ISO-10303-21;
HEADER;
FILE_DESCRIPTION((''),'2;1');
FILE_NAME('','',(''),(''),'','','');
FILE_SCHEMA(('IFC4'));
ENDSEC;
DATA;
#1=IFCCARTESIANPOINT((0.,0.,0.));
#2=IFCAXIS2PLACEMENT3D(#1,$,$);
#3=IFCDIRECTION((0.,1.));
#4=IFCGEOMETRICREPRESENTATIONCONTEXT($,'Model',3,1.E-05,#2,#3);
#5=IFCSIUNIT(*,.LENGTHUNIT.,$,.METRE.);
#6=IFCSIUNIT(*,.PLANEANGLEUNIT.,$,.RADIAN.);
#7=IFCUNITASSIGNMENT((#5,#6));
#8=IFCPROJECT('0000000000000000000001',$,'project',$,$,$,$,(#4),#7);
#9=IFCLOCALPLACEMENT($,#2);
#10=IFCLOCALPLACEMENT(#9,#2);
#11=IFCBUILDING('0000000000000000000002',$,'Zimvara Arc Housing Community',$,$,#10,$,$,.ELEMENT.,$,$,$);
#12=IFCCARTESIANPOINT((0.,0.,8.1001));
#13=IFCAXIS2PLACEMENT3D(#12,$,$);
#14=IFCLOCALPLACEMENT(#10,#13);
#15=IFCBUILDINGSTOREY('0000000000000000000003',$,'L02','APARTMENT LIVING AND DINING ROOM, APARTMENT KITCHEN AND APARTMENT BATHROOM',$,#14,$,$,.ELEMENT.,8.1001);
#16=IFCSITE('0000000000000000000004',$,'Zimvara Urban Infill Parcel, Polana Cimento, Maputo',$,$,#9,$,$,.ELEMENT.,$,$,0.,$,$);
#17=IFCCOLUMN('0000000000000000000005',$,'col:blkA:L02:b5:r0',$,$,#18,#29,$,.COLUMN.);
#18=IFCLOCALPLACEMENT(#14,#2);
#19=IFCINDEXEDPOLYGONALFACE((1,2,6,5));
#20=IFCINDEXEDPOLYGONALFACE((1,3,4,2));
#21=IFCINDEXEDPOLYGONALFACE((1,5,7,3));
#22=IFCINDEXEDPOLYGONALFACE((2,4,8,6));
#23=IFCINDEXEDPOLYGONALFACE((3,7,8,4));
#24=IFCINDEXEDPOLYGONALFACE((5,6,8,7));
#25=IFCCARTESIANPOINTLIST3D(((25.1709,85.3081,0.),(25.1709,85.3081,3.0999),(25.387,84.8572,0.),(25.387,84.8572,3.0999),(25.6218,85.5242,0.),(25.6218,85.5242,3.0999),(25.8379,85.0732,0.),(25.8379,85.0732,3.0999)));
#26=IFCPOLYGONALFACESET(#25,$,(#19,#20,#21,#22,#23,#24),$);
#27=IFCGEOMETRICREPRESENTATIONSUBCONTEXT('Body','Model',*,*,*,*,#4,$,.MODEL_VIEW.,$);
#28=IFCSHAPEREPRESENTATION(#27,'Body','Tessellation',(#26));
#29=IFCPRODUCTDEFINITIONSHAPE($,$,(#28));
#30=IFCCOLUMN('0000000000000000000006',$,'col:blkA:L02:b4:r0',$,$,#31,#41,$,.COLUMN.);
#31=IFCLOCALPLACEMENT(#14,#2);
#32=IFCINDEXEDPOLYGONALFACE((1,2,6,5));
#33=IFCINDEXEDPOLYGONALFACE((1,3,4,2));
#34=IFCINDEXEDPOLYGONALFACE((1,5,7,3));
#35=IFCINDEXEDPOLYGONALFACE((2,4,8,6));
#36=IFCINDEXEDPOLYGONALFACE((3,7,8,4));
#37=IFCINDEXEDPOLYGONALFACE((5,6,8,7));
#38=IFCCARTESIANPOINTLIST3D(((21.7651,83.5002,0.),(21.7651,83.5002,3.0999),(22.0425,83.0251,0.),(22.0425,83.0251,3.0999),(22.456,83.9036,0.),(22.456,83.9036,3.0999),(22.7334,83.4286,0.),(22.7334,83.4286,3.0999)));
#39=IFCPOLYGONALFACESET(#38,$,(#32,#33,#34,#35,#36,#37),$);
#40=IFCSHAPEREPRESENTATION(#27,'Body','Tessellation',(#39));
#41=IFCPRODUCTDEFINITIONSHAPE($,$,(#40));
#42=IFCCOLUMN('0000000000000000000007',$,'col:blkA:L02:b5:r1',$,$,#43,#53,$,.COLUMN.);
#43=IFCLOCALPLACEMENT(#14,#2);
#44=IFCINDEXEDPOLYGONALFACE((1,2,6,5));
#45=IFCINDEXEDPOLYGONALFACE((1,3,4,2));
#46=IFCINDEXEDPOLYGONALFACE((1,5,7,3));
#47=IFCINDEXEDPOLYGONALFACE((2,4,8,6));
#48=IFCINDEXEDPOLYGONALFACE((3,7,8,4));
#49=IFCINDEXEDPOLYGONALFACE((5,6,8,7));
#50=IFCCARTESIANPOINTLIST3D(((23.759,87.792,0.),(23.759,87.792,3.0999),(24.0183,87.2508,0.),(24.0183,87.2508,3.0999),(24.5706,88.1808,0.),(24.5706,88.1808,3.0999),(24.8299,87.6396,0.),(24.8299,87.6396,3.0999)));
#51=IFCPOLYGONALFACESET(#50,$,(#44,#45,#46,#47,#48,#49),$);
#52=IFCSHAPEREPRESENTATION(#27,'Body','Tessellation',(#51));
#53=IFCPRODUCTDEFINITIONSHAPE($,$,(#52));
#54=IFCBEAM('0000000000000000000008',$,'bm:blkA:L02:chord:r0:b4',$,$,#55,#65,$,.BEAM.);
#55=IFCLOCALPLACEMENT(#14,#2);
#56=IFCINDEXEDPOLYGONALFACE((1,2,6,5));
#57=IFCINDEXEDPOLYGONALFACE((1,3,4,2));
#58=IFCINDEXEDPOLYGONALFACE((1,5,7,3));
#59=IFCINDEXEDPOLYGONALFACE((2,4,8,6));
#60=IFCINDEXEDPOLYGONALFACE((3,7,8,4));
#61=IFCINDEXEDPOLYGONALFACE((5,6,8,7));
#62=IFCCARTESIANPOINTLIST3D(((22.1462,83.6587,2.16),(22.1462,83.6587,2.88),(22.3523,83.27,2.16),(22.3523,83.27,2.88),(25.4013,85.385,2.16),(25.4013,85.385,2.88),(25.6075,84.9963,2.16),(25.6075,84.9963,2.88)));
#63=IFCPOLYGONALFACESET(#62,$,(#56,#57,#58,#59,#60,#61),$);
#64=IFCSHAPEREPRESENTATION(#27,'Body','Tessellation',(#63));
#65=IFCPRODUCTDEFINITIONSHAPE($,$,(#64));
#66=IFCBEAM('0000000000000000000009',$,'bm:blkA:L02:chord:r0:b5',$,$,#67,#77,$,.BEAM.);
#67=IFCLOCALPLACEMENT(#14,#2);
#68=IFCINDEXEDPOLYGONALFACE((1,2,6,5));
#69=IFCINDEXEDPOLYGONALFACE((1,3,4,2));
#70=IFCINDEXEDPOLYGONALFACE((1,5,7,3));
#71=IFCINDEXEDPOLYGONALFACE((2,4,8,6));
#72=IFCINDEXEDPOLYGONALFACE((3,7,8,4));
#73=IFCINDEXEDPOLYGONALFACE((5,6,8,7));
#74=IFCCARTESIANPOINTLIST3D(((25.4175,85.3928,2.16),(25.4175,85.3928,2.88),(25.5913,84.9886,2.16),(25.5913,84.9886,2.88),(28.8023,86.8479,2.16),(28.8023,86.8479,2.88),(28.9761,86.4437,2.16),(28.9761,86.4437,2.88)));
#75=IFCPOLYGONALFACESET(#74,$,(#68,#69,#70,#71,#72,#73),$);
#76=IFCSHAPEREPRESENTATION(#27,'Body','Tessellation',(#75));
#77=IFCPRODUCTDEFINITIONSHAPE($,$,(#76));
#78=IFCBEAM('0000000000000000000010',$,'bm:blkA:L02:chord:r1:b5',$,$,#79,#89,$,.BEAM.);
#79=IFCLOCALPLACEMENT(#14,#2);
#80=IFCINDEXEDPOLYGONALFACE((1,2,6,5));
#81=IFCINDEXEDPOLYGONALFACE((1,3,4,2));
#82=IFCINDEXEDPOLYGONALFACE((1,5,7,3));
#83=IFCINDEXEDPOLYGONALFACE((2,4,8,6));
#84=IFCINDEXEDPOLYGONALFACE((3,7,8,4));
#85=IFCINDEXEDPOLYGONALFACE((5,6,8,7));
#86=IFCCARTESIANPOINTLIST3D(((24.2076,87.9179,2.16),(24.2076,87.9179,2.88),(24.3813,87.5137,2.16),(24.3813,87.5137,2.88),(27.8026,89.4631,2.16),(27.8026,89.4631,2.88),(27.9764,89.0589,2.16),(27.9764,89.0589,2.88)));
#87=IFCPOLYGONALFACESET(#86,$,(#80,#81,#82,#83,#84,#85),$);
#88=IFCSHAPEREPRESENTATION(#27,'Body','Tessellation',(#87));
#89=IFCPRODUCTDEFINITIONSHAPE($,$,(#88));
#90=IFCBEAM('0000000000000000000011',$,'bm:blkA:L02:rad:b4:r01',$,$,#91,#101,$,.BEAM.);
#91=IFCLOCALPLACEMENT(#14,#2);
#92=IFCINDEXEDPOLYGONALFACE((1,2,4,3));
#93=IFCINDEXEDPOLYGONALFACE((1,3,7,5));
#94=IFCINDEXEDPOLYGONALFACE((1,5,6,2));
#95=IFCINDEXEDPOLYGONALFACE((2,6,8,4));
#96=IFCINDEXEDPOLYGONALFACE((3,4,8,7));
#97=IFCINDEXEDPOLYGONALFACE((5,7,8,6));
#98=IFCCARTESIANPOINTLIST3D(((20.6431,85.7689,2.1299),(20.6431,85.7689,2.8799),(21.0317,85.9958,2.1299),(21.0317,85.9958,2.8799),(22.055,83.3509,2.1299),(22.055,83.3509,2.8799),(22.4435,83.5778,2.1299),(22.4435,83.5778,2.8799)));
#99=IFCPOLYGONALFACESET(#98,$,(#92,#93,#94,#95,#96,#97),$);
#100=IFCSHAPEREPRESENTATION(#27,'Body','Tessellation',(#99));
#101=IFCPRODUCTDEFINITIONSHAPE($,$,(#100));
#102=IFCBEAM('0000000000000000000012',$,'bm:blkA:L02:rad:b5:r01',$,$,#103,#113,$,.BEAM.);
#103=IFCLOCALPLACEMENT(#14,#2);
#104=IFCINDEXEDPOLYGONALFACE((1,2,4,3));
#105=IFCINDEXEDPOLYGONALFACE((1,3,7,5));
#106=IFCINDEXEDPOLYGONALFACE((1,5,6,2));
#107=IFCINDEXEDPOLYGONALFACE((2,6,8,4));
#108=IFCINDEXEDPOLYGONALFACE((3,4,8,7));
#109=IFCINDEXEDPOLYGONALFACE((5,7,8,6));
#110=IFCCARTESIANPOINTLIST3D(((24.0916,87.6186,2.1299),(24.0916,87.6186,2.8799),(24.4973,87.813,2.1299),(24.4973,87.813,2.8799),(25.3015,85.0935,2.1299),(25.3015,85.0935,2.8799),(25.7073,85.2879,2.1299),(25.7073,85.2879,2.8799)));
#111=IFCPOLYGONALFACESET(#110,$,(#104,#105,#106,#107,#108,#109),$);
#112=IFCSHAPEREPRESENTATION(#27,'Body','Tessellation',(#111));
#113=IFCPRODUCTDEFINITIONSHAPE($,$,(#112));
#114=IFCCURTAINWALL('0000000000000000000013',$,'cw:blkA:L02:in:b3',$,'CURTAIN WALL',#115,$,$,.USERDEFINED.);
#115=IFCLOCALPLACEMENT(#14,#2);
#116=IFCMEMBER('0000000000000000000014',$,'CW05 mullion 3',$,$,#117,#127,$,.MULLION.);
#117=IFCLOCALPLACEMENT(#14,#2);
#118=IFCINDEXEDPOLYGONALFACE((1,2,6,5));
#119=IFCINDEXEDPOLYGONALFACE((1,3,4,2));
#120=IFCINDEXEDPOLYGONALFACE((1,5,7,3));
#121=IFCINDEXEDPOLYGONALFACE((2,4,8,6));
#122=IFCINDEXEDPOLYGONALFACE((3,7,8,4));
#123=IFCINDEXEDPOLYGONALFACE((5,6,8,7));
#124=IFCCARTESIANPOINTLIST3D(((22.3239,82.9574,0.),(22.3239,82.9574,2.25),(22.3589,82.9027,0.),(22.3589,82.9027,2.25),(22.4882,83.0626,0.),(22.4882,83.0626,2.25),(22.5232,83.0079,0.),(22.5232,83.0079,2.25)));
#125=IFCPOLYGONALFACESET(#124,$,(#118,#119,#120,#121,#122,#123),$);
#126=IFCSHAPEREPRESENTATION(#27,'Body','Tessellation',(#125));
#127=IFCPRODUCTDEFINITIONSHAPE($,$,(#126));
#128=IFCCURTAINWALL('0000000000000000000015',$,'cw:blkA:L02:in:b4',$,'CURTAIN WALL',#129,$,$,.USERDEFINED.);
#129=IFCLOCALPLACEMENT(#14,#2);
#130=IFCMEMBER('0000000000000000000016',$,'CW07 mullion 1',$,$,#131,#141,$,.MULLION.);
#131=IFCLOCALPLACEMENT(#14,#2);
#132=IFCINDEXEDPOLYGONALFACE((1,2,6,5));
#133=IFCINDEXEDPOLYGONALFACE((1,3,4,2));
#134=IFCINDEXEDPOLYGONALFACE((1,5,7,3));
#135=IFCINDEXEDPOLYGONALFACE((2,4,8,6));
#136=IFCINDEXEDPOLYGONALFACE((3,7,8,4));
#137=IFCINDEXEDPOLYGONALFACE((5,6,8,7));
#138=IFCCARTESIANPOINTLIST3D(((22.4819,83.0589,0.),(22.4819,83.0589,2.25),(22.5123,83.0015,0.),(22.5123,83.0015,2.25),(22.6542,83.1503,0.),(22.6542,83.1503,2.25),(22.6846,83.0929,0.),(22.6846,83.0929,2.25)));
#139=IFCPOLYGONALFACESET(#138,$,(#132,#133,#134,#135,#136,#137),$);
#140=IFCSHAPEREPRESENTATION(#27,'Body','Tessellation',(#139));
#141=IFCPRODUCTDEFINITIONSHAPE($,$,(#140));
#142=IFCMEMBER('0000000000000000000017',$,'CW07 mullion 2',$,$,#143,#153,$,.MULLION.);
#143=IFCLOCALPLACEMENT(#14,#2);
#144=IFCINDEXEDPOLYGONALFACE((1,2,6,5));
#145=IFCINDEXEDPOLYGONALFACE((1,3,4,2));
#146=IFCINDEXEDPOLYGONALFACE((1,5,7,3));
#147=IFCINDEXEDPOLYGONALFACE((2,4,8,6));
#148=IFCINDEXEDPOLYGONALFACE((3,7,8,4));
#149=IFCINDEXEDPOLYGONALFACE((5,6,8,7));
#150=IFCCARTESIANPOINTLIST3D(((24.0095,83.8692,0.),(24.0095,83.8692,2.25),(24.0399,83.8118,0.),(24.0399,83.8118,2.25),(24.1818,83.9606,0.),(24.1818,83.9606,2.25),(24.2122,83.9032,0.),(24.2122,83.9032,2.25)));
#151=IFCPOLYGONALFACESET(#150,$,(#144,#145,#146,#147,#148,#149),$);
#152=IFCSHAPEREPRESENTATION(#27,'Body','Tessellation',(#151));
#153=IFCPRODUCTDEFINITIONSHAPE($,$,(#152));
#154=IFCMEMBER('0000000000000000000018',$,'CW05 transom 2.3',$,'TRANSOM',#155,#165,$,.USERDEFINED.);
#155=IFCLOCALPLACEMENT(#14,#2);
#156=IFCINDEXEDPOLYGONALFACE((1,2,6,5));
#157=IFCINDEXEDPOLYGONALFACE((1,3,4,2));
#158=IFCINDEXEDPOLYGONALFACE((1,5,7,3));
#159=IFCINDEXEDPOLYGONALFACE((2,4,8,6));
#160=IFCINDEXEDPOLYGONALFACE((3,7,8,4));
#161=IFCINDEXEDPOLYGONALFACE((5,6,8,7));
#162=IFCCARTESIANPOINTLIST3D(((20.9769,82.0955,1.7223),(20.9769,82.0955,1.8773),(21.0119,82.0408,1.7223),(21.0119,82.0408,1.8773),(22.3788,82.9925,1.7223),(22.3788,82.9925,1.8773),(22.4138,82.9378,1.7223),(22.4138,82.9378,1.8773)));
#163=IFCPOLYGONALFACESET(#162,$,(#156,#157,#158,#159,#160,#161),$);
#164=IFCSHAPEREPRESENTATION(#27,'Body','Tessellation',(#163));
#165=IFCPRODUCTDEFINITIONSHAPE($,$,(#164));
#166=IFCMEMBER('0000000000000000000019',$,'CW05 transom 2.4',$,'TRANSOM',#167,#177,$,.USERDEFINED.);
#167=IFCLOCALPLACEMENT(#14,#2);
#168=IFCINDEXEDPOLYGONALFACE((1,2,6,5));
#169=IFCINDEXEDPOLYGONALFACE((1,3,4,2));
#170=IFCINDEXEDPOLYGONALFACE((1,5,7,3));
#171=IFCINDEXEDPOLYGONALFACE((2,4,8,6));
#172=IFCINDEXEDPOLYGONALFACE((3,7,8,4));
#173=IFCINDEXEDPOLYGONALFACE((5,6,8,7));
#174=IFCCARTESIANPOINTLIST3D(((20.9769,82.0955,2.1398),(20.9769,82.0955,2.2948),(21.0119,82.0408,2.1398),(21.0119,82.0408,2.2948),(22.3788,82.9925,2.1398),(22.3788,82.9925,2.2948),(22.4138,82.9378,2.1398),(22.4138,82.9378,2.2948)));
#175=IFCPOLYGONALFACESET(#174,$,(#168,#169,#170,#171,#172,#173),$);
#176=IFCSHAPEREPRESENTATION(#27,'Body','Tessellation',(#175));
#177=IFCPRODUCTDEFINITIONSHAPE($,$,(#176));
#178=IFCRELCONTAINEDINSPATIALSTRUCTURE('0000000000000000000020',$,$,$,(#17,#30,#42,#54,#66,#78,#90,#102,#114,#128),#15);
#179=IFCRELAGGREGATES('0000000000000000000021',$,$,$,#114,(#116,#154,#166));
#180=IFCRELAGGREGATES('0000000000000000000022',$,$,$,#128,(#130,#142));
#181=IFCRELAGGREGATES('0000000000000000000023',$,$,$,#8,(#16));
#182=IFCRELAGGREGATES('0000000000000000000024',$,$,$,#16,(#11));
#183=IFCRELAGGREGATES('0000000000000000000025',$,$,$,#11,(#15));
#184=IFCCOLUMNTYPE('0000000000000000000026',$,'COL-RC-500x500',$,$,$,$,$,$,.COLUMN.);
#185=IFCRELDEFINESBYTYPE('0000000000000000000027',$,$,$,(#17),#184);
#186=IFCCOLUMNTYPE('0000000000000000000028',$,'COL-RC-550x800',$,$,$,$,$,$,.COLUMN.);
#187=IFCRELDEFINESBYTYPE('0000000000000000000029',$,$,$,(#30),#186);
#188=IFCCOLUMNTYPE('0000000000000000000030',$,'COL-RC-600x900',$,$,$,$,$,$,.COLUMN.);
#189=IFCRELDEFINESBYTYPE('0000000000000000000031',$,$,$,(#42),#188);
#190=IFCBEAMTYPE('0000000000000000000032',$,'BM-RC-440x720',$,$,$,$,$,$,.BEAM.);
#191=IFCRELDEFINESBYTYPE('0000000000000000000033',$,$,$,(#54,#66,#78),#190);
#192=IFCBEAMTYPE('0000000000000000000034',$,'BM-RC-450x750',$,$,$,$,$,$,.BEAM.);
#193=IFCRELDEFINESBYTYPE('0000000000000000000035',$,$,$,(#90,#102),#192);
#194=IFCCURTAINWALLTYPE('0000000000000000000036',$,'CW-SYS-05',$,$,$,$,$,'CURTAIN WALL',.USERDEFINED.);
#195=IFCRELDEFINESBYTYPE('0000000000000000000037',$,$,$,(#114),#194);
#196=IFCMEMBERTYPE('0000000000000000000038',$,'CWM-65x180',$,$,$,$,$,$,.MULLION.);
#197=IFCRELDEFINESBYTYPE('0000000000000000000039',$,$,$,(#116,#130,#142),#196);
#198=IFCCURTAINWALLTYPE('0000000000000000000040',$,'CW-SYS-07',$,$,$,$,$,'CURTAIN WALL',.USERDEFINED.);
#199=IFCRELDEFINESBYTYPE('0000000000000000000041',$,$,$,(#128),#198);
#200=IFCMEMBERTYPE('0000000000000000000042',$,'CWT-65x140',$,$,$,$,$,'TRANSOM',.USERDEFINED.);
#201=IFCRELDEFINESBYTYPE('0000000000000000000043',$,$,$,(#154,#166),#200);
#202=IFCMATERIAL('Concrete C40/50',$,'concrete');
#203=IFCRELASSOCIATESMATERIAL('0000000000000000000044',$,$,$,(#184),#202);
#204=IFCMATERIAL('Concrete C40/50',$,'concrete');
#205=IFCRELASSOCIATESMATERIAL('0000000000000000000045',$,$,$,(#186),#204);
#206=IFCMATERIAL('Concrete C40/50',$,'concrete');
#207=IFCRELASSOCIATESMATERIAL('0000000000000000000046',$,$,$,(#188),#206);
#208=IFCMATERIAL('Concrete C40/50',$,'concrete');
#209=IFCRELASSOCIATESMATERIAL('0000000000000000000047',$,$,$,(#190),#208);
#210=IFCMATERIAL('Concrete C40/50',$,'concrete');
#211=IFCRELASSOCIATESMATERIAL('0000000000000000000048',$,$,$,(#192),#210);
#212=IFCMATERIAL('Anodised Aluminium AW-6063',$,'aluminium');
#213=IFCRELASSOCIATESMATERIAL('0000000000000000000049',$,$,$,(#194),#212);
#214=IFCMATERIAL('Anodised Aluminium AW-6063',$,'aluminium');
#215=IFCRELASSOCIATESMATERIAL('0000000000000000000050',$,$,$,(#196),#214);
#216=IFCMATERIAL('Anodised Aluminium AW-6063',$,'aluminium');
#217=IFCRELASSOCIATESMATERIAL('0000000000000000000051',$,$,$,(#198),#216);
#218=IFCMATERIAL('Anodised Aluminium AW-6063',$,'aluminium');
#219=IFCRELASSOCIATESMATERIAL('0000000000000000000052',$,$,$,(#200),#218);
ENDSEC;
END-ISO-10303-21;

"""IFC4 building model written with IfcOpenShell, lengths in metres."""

from ifc_helpers import new_model, si_unit, direction, frame, origin, origin_2d, place, context, subcontext, project, spatial, rectangle, extrude, material, material_profile, profile_set, type_object, element, aggregate, save


model = new_model("IFC4")

# Units and contexts
model_context = context("Model", 3, precision=1e-05, world=origin(), true_north=direction((0.0, 1.0)))
body_context = subcontext(model_context, "Body", "Model", "MODEL_VIEW")
ifc_project = project(units=[si_unit("LENGTHUNIT", "METRE"), si_unit("PLANEANGLEUNIT", "RADIAN")], contexts=[model_context])

# Site, building, storey
site_placement = place(None, origin())
site = spatial("IfcSite", under=ifc_project, at=site_placement, Name="Zimvara Urban Infill Parcel, Polana Cimento, Maputo", CompositionType="ELEMENT", RefElevation=0.0)
building_placement = place(site_placement, origin())
building = spatial("IfcBuilding", under=site, at=building_placement, Name="Zimvara Arc Housing Community", CompositionType="ELEMENT")
storey_placement = place(building_placement, frame((0.0, 0.0, 8.1001)))
storey = spatial("IfcBuildingStorey", under=building, at=storey_placement, Name="L02", Description="APARTMENT LIVING AND DINING ROOM, APARTMENT KITCHEN AND APARTMENT BATHROOM", CompositionType="ELEMENT", Elevation=8.1001)

# Columns
ifc_material_1 = material(Name="Concrete C40/50", Category="concrete")
ifc_material_profile_1 = material_profile(ifc_material_1, rectangle(XDim=0.5, YDim=0.5, at=origin_2d()), Name="RC 500x500")
ifc_profile_set_1 = profile_set([ifc_material_profile_1], Name="Concrete C40/50")
column_type_1 = type_object("IfcColumnType", Name="COL-RC-500x500", PredefinedType="COLUMN", material=ifc_profile_set_1)
column_1_placement = place(storey_placement, frame((25.5044, 85.1907, 0.0), z_axis=(0.0, 0.0, 1.0), x_axis=(-0.432086, 0.901833, 0.0)))
element("IfcColumn", 1, at=column_1_placement, inside=storey, type_object=column_type_1, Name="col:blkA:L02:b5:r0", PredefinedType="COLUMN", context=body_context, shape_type="SweptSolid", body=[
    extrude(rectangle(XDim=0.5, YDim=0.5, at=origin_2d()), origin(), (0.0, 0.0, 1.0), 3.0999),
])
ifc_material_2 = material(Name="Concrete C40/50", Category="concrete")
ifc_material_profile_2 = material_profile(ifc_material_2, rectangle(XDim=0.55, YDim=0.8, at=origin_2d()), Name="RC 550x800")
ifc_profile_set_2 = profile_set([ifc_material_profile_2], Name="Concrete C40/50")
column_type_2 = type_object("IfcColumnType", Name="COL-RC-550x800", PredefinedType="COLUMN", material=ifc_profile_set_2)
column_2_placement = place(storey_placement, frame((22.2493, 83.4644, 0.0), z_axis=(0.0, 0.0, 1.0), x_axis=(-0.504226, 0.863572, 0.0)))
element("IfcColumn", 2, at=column_2_placement, inside=storey, type_object=column_type_2, Name="col:blkA:L02:b4:r0", PredefinedType="COLUMN", context=body_context, shape_type="SweptSolid", body=[
    extrude(rectangle(XDim=0.55, YDim=0.8, at=origin_2d()), origin(), (0.0, 0.0, 1.0), 3.0999),
])
ifc_material_3 = material(Name="Concrete C40/50", Category="concrete")
ifc_material_profile_3 = material_profile(ifc_material_3, rectangle(XDim=0.6001, YDim=0.8999, at=origin_2d()), Name="RC 600x900")
ifc_profile_set_3 = profile_set([ifc_material_profile_3], Name="Concrete C40/50")
column_type_3 = type_object("IfcColumnType", Name="COL-RC-600x900", PredefinedType="COLUMN", material=ifc_profile_set_3)
column_3_placement = place(storey_placement, frame((24.2944, 87.7158, 0.0), z_axis=(0.0, 0.0, 1.0), x_axis=(-0.432086, 0.901833, 0.0)))
element("IfcColumn", 3, at=column_3_placement, inside=storey, type_object=column_type_3, Name="col:blkA:L02:b5:r1", PredefinedType="COLUMN", context=body_context, shape_type="SweptSolid", body=[
    extrude(rectangle(XDim=0.6001, YDim=0.8999, at=origin_2d()), origin(), (0.0, 0.0, 1.0), 3.0999),
])

# Beams
ifc_material_4 = material(Name="Concrete C40/50", Category="concrete")
ifc_material_profile_4 = material_profile(ifc_material_4, rectangle(XDim=0.4399, YDim=0.72, at=origin_2d()), Name="RC 440x720")
ifc_profile_set_4 = profile_set([ifc_material_profile_4], Name="Concrete C40/50")
beam_type_1 = type_object("IfcBeamType", Name="BM-RC-440x720", PredefinedType="BEAM", material=ifc_profile_set_4)
beam_1_placement = place(storey_placement, frame((22.2493, 83.4644, 2.52), z_axis=(0.883449, 0.468527, 0.0), x_axis=(-0.468527, 0.883449, 0.0)))
element("IfcBeam", 4, at=beam_1_placement, inside=storey, type_object=beam_type_1, Name="bm:blkA:L02:chord:r0:b4", PredefinedType="BEAM", context=body_context, shape_type="SweptSolid", body=[
    extrude(rectangle(XDim=0.4399, YDim=0.72, at=origin_2d()), origin(), (0.0, 0.0, 1.0), 3.6846),
])
beam_2_placement = place(storey_placement, frame((25.5044, 85.1907, 2.52), z_axis=(0.918706, 0.394943, 0.0), x_axis=(-0.394943, 0.918706, 0.0)))
element("IfcBeam", 5, at=beam_2_placement, inside=storey, type_object=beam_type_1, Name="bm:blkA:L02:chord:r0:b5", PredefinedType="BEAM", context=body_context, shape_type="SweptSolid", body=[
    extrude(rectangle(XDim=0.4399, YDim=0.72, at=origin_2d()), origin(), (0.0, 0.0, 1.0), 3.6843),
])
beam_3_placement = place(storey_placement, frame((24.2944, 87.7158, 2.52), z_axis=(0.918731, 0.394883, 0.0), x_axis=(-0.394883, 0.918731, 0.0)))
element("IfcBeam", 6, at=beam_3_placement, inside=storey, type_object=beam_type_1, Name="bm:blkA:L02:chord:r1:b5", PredefinedType="BEAM", context=body_context, shape_type="SweptSolid", body=[
    extrude(rectangle(XDim=0.4399, YDim=0.72, at=origin_2d()), origin(), (0.0, 0.0, 1.0), 3.9131),
])
ifc_material_5 = material(Name="Concrete C40/50", Category="concrete")
ifc_material_profile_5 = material_profile(ifc_material_5, rectangle(XDim=0.45, YDim=0.75, at=origin_2d()), Name="RC 450x750")
ifc_profile_set_5 = profile_set([ifc_material_profile_5], Name="Concrete C40/50")
beam_type_2 = type_object("IfcBeamType", Name="BM-RC-450x750", PredefinedType="BEAM", material=ifc_profile_set_5)
for number, where, z_axis, x_axis, name in (
    (7, (22.2493, 83.4644, 2.5049), (-0.50424, 0.863564, 0.0), (-0.863564, -0.50424, 0.0), "bm:blkA:L02:rad:b4:r01"),
    (8, (25.5044, 85.1907, 2.5049), (-0.432119, 0.901817, 0.0), (-0.901817, -0.432119, 0.0), "bm:blkA:L02:rad:b5:r01"),
):
    element("IfcBeam", number, at=place(storey_placement, frame(where, z_axis=z_axis, x_axis=x_axis)), inside=storey, type_object=beam_type_2, Name=name, PredefinedType="BEAM", context=body_context, shape_type="SweptSolid", body=[
        extrude(rectangle(XDim=0.45, YDim=0.75, at=origin_2d()), origin(), (0.0, 0.0, 1.0), 2.8),
    ])

# Curtain wall, member
ifc_material_6 = material(Name="Anodised Aluminium AW-6063", Category="aluminium")
curtain_wall_type_1 = type_object("IfcCurtainWallType", Name="CW-SYS-05", ElementType="CURTAIN WALL", PredefinedType="USERDEFINED", material=ifc_material_6)
curtain_wall_1_placement = place(storey_placement, origin())
curtain_wall_1 = element("IfcCurtainWall", 9, at=curtain_wall_1_placement, inside=storey, type_object=curtain_wall_type_1, Name="cw:blkA:L02:in:b3", ObjectType="CURTAIN WALL", PredefinedType="USERDEFINED")
ifc_material_7 = material(Name="Anodised Aluminium AW-6063", Category="aluminium")
ifc_material_profile_6 = material_profile(ifc_material_7, rectangle(XDim=0.0649, YDim=0.1951, at=origin_2d()), Name="ALU 65x195")
ifc_profile_set_6 = profile_set([ifc_material_profile_6], Name="Anodised Aluminium AW-6063")
member_type_1 = type_object("IfcMemberType", Name="CWM-65x180", PredefinedType="MULLION", material=ifc_profile_set_6)
member_1_placement = place(storey_placement, frame((22.4236, 82.9827, 0.0), z_axis=(0.0, 0.0, 1.0), x_axis=(-0.539064, 0.842265, 0.0)))
member_1 = element("IfcMember", 10, at=member_1_placement, type_object=member_type_1, Name="CW05 mullion 3", PredefinedType="MULLION", context=body_context, shape_type="SweptSolid", body=[
    extrude(rectangle(XDim=0.0649, YDim=0.1951, at=origin_2d()), origin(), (0.0, 0.0, 1.0), 2.25),
])

# Curtain wall, members
ifc_material_8 = material(Name="Anodised Aluminium AW-6063", Category="aluminium")
curtain_wall_type_2 = type_object("IfcCurtainWallType", Name="CW-SYS-07", ElementType="CURTAIN WALL", PredefinedType="USERDEFINED", material=ifc_material_8)
curtain_wall_2_placement = place(storey_placement, origin())
curtain_wall_2 = element("IfcCurtainWall", 11, at=curtain_wall_2_placement, inside=storey, type_object=curtain_wall_type_2, Name="cw:blkA:L02:in:b4", ObjectType="CURTAIN WALL", PredefinedType="USERDEFINED")
member_2_placement = place(storey_placement, frame((22.5833, 83.0759, 0.0), z_axis=(0.0, 0.0, 1.0), x_axis=(-0.468545, 0.88344, 0.0)))
member_2 = element("IfcMember", 12, at=member_2_placement, type_object=member_type_1, Name="CW07 mullion 1", PredefinedType="MULLION", context=body_context, shape_type="SweptSolid", body=[
    extrude(rectangle(XDim=0.0649, YDim=0.1951, at=origin_2d()), origin(), (0.0, 0.0, 1.0), 2.25),
])
member_3_placement = place(storey_placement, frame((24.1108, 83.8862, 0.0), z_axis=(0.0, 0.0, 1.0), x_axis=(-0.468545, 0.88344, 0.0)))
member_3 = element("IfcMember", 13, at=member_3_placement, type_object=member_type_1, Name="CW07 mullion 2", PredefinedType="MULLION", context=body_context, shape_type="SweptSolid", body=[
    extrude(rectangle(XDim=0.0649, YDim=0.1951, at=origin_2d()), origin(), (0.0, 0.0, 1.0), 2.25),
])

# Members
ifc_material_9 = material(Name="Anodised Aluminium AW-6063", Category="aluminium")
ifc_material_profile_7 = material_profile(ifc_material_9, rectangle(XDim=0.0649, YDim=0.155, at=origin_2d()), Name="ALU 65x155")
ifc_profile_set_7 = profile_set([ifc_material_profile_7], Name="Anodised Aluminium AW-6063")
member_type_2 = type_object("IfcMemberType", Name="CWT-65x140", ElementType="TRANSOM", PredefinedType="USERDEFINED", material=ifc_profile_set_7)
member_4_placement = place(storey_placement, frame((20.9944, 82.0681, 1.7998), z_axis=(0.84233, 0.538962, 0.0), x_axis=(-0.538962, 0.84233, 0.0)))
member_4 = element("IfcMember", 14, at=member_4_placement, type_object=member_type_2, Name="CW05 transom 2.3", ObjectType="TRANSOM", PredefinedType="USERDEFINED", context=body_context, shape_type="SweptSolid", body=[
    extrude(rectangle(XDim=0.0649, YDim=0.155, at=origin_2d()), origin(), (0.0, 0.0, 1.0), 1.6643),
])
member_5_placement = place(storey_placement, frame((20.9944, 82.0681, 2.2173), z_axis=(0.84233, 0.538962, 0.0), x_axis=(-0.538962, 0.84233, 0.0)))
member_5 = element("IfcMember", 15, at=member_5_placement, type_object=member_type_2, Name="CW05 transom 2.4", ObjectType="TRANSOM", PredefinedType="USERDEFINED", context=body_context, shape_type="SweptSolid", body=[
    extrude(rectangle(XDim=0.0649, YDim=0.155, at=origin_2d()), origin(), (0.0, 0.0, 1.0), 1.6643),
])

aggregate(curtain_wall_1, [member_1, member_4, member_5])
aggregate(curtain_wall_2, [member_2, member_3])

save(model, "model.ifc")
